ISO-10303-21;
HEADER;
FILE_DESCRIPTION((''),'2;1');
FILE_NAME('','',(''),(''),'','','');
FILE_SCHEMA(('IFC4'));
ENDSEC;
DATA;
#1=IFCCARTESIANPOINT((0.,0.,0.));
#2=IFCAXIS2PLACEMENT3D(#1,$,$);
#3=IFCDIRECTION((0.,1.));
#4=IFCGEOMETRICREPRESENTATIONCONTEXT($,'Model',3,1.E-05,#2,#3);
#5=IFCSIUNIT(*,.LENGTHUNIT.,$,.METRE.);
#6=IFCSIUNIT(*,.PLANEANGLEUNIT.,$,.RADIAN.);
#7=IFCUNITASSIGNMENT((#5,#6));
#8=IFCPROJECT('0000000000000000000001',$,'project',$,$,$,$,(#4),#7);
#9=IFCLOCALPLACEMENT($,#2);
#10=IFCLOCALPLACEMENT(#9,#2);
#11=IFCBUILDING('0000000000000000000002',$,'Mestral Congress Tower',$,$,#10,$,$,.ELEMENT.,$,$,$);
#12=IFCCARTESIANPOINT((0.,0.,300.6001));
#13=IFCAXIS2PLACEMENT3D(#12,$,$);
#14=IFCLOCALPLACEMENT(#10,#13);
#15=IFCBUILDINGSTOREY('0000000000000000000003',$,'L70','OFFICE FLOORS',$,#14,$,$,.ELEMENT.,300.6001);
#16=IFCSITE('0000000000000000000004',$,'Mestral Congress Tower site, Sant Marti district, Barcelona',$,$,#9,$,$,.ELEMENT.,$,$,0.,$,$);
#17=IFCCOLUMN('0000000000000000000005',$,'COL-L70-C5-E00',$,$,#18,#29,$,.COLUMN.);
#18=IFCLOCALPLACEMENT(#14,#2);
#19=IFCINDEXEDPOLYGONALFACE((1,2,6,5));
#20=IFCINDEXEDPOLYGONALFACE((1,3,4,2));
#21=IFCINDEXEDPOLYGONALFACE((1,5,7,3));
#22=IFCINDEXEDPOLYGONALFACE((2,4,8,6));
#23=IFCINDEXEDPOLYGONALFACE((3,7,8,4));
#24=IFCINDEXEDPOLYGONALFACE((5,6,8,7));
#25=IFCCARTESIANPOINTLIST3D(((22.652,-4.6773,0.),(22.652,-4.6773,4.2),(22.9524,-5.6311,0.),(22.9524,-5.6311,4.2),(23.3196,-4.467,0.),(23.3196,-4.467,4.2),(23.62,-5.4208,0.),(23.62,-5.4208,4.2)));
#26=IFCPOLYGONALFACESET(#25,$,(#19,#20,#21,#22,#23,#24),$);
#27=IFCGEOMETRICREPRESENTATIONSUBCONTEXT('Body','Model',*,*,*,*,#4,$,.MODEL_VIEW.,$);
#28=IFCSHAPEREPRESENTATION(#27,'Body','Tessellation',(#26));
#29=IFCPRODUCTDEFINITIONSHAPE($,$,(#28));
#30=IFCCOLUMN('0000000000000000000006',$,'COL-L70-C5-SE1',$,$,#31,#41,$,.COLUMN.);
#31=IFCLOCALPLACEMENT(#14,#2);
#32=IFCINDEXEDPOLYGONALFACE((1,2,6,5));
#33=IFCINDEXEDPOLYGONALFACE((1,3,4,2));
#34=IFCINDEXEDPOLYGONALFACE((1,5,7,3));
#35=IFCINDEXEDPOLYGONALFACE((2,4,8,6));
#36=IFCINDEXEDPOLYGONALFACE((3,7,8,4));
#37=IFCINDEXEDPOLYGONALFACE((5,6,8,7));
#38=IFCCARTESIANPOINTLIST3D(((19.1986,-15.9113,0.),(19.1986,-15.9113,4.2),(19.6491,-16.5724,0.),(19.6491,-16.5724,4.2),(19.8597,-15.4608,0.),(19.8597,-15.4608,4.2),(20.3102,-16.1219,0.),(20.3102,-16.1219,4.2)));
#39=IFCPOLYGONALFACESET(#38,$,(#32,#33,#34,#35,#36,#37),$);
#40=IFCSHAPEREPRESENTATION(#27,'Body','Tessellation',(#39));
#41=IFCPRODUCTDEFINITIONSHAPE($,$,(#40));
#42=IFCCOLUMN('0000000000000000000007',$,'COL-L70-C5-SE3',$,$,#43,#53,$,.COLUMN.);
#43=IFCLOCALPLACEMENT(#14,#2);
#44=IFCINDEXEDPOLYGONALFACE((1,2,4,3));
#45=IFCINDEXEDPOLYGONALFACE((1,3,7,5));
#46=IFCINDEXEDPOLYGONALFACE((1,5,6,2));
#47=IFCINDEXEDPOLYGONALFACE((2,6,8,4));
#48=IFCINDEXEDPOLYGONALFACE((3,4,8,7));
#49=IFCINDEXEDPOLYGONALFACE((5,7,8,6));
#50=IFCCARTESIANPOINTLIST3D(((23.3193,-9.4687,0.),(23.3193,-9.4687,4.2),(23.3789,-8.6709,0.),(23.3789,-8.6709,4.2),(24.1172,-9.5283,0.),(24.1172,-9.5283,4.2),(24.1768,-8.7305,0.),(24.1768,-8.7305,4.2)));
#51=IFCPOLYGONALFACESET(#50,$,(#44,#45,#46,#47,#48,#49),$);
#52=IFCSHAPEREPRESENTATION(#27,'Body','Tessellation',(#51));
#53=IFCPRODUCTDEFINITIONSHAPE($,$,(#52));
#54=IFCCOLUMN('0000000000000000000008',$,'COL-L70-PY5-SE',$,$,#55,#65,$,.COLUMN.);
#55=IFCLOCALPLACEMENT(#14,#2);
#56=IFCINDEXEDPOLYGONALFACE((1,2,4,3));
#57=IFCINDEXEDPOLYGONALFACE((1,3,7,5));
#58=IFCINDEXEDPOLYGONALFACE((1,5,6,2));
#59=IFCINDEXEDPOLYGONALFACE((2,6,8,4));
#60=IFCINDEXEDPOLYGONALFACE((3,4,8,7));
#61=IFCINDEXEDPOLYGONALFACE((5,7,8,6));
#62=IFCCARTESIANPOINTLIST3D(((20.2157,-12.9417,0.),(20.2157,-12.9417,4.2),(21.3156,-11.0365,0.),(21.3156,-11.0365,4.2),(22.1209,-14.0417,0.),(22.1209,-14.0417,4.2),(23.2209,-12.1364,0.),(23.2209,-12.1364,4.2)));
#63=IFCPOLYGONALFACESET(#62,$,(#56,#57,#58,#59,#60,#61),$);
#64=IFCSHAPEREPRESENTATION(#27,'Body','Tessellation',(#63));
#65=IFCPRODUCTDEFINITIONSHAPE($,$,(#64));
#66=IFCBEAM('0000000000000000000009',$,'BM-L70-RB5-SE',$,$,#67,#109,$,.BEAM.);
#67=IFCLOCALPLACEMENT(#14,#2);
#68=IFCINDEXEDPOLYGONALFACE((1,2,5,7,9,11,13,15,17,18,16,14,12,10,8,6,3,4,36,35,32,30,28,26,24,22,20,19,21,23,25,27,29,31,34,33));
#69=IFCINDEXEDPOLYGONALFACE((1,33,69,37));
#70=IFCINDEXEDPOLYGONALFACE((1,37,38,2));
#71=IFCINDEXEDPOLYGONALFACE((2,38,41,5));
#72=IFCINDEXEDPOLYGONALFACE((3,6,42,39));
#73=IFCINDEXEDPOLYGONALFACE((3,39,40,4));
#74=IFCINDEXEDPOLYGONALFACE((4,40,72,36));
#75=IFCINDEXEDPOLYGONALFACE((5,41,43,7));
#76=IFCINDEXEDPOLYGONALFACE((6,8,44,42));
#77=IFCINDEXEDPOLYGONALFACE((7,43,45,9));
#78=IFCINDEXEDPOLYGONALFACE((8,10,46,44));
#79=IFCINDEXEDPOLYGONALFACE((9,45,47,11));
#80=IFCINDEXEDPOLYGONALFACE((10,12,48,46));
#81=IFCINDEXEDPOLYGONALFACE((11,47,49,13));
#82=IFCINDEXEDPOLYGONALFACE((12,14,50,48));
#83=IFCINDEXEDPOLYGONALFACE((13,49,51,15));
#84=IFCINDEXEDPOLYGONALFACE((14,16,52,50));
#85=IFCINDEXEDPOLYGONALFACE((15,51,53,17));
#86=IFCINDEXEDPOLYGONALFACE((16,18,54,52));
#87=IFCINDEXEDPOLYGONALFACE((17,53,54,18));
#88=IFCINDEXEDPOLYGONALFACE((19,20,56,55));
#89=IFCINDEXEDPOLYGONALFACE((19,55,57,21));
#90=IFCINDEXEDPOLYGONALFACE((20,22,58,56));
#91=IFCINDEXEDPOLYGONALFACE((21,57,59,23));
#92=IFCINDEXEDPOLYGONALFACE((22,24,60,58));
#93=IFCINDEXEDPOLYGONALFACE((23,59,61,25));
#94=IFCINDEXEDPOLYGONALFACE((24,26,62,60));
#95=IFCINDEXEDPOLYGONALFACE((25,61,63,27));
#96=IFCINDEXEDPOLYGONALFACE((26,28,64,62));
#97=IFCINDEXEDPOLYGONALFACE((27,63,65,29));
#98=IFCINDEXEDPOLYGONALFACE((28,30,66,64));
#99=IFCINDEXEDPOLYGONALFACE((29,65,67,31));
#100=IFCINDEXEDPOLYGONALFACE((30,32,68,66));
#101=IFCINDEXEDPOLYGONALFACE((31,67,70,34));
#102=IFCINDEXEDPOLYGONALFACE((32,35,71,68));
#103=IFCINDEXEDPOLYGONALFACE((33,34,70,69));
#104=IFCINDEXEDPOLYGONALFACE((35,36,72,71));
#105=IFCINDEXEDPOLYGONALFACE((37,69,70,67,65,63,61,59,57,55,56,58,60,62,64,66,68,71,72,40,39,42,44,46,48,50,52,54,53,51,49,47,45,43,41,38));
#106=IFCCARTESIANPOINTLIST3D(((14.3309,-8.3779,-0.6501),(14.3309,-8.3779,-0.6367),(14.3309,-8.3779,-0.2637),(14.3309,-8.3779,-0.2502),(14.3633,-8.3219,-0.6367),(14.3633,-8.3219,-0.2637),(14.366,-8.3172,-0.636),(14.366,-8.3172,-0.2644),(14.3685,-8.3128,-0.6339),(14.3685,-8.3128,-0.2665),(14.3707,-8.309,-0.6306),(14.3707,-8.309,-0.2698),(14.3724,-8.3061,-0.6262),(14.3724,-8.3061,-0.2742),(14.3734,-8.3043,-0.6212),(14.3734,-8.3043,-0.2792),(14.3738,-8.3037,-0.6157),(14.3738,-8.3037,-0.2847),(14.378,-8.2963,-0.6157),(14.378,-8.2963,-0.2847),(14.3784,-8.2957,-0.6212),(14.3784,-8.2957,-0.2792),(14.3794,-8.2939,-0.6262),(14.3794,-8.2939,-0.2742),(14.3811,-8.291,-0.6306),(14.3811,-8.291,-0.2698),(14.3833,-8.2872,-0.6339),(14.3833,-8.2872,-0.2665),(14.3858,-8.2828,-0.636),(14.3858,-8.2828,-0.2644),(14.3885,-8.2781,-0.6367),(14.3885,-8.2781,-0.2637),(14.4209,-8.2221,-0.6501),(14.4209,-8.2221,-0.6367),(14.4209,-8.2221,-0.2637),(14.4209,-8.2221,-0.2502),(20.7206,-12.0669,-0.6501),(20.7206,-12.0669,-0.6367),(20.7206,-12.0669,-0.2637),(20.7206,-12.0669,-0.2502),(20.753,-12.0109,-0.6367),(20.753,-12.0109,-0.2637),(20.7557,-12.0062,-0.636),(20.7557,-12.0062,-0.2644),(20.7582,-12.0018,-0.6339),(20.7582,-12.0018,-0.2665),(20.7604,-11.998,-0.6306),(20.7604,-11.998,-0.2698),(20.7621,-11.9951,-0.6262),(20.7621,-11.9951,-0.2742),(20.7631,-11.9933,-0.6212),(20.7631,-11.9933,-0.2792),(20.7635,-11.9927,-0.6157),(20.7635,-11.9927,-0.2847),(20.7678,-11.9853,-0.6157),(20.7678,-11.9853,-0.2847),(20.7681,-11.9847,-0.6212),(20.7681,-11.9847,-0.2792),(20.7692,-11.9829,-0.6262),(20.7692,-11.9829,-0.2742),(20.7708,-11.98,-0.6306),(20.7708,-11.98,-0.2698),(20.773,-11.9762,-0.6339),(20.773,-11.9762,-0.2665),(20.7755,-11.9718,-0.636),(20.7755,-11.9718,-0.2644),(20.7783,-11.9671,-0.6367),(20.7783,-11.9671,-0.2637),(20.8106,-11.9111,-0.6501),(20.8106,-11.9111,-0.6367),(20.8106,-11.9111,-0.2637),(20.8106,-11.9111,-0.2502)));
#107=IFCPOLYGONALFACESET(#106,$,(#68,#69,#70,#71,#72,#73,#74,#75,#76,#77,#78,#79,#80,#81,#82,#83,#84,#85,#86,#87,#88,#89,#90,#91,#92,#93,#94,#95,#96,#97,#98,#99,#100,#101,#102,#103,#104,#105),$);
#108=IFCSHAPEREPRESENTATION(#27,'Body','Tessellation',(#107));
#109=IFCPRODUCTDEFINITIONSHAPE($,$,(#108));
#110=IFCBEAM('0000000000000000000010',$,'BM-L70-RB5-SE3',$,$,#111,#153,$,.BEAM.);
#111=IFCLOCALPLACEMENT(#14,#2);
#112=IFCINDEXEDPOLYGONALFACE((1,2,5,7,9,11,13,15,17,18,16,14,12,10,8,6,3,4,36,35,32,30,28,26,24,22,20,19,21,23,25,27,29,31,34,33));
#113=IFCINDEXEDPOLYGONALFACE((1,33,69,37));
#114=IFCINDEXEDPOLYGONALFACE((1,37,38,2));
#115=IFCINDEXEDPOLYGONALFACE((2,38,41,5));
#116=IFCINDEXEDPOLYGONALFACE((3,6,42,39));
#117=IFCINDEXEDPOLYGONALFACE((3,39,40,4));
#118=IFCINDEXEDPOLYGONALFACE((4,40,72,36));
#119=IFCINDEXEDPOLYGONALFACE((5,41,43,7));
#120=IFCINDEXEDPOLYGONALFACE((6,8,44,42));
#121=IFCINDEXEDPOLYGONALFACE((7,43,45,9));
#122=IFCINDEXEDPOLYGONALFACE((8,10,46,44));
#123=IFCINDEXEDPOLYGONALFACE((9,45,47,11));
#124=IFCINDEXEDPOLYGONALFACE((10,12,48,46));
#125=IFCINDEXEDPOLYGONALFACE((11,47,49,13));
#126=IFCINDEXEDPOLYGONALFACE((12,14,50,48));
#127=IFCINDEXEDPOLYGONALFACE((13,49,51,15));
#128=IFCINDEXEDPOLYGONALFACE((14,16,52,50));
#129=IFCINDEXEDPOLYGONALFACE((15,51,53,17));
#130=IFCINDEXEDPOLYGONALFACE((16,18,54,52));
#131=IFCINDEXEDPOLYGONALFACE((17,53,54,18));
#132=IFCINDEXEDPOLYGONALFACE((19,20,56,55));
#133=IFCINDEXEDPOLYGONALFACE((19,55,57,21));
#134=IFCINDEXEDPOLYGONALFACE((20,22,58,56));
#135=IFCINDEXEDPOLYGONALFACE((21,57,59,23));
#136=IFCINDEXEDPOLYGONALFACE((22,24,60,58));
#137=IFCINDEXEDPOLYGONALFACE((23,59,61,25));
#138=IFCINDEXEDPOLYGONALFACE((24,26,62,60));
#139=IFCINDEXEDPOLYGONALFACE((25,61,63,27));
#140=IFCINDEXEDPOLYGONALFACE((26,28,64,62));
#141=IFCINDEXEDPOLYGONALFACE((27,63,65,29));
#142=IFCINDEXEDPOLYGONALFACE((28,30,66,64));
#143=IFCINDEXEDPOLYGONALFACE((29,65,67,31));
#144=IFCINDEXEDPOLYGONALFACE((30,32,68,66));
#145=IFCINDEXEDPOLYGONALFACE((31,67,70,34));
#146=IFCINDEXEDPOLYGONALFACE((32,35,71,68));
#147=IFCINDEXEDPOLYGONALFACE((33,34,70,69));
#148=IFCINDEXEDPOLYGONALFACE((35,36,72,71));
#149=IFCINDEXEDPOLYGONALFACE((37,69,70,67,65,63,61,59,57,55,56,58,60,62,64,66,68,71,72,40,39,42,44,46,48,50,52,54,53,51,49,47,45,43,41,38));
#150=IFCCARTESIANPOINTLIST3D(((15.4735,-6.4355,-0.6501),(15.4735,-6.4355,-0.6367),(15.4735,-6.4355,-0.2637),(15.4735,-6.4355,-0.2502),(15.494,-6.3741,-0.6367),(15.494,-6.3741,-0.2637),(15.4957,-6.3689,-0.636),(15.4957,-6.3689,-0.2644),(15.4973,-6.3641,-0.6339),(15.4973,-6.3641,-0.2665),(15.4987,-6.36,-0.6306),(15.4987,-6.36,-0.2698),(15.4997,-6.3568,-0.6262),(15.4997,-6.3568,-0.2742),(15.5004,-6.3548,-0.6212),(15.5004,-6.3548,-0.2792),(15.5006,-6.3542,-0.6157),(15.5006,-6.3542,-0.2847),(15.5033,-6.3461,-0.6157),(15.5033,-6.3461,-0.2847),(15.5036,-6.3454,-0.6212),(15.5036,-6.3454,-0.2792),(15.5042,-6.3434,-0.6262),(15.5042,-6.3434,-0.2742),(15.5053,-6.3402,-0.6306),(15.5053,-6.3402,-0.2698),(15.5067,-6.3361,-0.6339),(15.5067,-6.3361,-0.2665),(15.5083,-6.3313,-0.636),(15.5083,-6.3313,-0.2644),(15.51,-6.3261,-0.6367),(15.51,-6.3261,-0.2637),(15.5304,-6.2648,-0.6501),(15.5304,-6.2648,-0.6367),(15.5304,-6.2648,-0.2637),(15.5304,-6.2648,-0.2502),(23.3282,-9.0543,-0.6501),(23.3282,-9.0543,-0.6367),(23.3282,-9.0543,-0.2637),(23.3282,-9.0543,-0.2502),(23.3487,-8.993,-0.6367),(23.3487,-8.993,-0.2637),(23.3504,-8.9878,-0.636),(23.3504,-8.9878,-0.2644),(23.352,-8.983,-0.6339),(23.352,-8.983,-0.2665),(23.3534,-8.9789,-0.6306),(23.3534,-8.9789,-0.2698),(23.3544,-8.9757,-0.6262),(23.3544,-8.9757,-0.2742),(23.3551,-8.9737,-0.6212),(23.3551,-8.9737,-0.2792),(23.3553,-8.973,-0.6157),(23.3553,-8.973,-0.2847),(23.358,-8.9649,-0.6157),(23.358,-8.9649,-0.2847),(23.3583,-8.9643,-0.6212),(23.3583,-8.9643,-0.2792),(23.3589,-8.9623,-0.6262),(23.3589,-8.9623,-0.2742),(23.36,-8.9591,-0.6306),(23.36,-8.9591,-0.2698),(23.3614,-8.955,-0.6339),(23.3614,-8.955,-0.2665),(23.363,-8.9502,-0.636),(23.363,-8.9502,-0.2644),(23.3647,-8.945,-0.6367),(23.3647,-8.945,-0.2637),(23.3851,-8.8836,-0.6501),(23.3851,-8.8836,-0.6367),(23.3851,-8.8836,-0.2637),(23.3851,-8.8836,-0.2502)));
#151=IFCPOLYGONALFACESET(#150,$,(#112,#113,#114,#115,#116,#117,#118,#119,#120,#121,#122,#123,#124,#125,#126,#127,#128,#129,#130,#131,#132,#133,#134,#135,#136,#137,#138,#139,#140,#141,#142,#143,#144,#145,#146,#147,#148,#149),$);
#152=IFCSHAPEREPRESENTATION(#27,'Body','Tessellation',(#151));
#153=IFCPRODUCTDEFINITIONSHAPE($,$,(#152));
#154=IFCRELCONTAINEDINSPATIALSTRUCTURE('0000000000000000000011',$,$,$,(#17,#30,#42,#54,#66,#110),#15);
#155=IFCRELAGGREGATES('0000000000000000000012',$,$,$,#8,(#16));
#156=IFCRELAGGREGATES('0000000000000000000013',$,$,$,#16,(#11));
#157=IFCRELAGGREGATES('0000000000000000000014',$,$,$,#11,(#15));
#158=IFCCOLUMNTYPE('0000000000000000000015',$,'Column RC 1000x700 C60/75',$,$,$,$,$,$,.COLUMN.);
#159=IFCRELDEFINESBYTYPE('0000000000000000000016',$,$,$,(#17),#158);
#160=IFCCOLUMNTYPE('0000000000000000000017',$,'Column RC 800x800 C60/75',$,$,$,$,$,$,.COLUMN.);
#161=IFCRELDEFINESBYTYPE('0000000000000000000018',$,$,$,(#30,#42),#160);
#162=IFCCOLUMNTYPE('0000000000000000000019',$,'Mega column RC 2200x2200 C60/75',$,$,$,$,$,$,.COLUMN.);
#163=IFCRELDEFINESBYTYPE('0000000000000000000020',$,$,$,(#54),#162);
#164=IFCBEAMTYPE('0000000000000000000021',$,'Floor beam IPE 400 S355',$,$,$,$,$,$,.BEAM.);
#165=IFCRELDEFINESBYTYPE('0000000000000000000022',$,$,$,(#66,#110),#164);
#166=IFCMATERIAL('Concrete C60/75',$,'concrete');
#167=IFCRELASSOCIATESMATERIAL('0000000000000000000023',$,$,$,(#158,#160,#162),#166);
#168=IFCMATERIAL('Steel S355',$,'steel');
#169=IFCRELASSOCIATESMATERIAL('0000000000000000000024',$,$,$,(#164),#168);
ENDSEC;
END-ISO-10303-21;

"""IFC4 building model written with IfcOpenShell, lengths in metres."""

from ifc_helpers import new_model, si_unit, direction, frame, origin, origin_2d, place, context, subcontext, project, spatial, rectangle, i_section, extrude, material, material_profile, profile_set, type_object, element, save


model = new_model("IFC4")

# Units and contexts
model_context = context("Model", 3, precision=1e-05, world=origin(), true_north=direction((0.0, 1.0)))
body_context = subcontext(model_context, "Body", "Model", "MODEL_VIEW")
ifc_project = project(units=[si_unit("LENGTHUNIT", "METRE"), si_unit("PLANEANGLEUNIT", "RADIAN")], contexts=[model_context])

# Site, building, storey
site_placement = place(None, origin())
site = spatial("IfcSite", under=ifc_project, at=site_placement, Name="Mestral Congress Tower site, Sant Marti district, Barcelona", CompositionType="ELEMENT", RefElevation=0.0)
building_placement = place(site_placement, origin())
building = spatial("IfcBuilding", under=site, at=building_placement, Name="Mestral Congress Tower", CompositionType="ELEMENT")
storey_placement = place(building_placement, frame((0.0, 0.0, 300.6001)))
storey = spatial("IfcBuildingStorey", under=building, at=storey_placement, Name="L70", Description="OFFICE FLOORS", CompositionType="ELEMENT", Elevation=300.6001)

# Columns
ifc_material_1 = material(Name="Concrete C60/75", Category="concrete")
ifc_material_profile_1 = material_profile(ifc_material_1, rectangle(XDim=1.0, YDim=0.7, at=origin_2d()), Name="RC 1000x700")
ifc_profile_set_1 = profile_set([ifc_material_profile_1], Name="Concrete C60/75")
column_type_1 = type_object("IfcColumnType", Name="Column RC 1000x700 C60/75", PredefinedType="COLUMN", material=ifc_profile_set_1)
column_1_placement = place(storey_placement, frame((23.136, -5.0491, 0.0), z_axis=(0.0, 0.0, 1.0), x_axis=(-0.300431, 0.953804, 0.0)))
element("IfcColumn", 1, at=column_1_placement, inside=storey, type_object=column_type_1, Name="COL-L70-C5-E00", PredefinedType="COLUMN", context=body_context, shape_type="SweptSolid", body=[
    extrude(rectangle(XDim=1.0, YDim=0.7, at=origin_2d()), origin(), (0.0, 0.0, 1.0), 4.2),
])
ifc_material_profile_2 = material_profile(ifc_material_1, rectangle(XDim=0.8, YDim=0.8, at=origin_2d()), Name="RC 800x800")
ifc_profile_set_2 = profile_set([ifc_material_profile_2], Name="Concrete C60/75")
column_type_2 = type_object("IfcColumnType", Name="Column RC 800x800 C60/75", PredefinedType="COLUMN", material=ifc_profile_set_2)
for number, where, z_axis, x_axis, name in (
    (2, (19.7544, -16.0166, 0.0), (0.0, 0.0, 1.0), (0.826363, 0.563138, 0.0), "COL-L70-C5-SE1"),
    (3, (23.748, -9.0996, 0.0), (0.0, 0.0, 1.0), (0.074511, 0.99722, 0.0), "COL-L70-C5-SE3"),
):
    element("IfcColumn", number, at=place(storey_placement, frame(where, z_axis=z_axis, x_axis=x_axis)), inside=storey, type_object=column_type_2, Name=name, PredefinedType="COLUMN", context=body_context, shape_type="SweptSolid", body=[
        extrude(rectangle(XDim=0.8, YDim=0.8, at=origin_2d()), origin(), (0.0, 0.0, 1.0), 4.2),
    ])
ifc_material_profile_3 = material_profile(ifc_material_1, rectangle(XDim=2.2, YDim=2.2, at=origin_2d()), Name="RC 2200x2200")
ifc_profile_set_3 = profile_set([ifc_material_profile_3], Name="Concrete C60/75")
column_type_3 = type_object("IfcColumnType", Name="Mega column RC 2200x2200 C60/75", PredefinedType="COLUMN", material=ifc_profile_set_3)
column_2_placement = place(storey_placement, frame((21.7183, -12.5391, 0.0), z_axis=(0.0, 0.0, 1.0), x_axis=(0.866025, -0.5, 0.0)))
element("IfcColumn", 4, at=column_2_placement, inside=storey, type_object=column_type_3, Name="COL-L70-PY5-SE", PredefinedType="COLUMN", context=body_context, shape_type="SweptSolid", body=[
    extrude(rectangle(XDim=2.2, YDim=2.2, at=origin_2d()), origin(), (0.0, 0.0, 1.0), 4.2),
])

# Beams
ifc_material_2 = material(Name="Steel S355", Category="steel")
ifc_material_profile_4 = material_profile(ifc_material_2, i_section(OverallWidth=0.1799, OverallDepth=0.3999, WebThickness=0.0085, FlangeThickness=0.0134, FilletRadius=0.021, at=origin_2d()), Name="IPE 400")
ifc_profile_set_4 = profile_set([ifc_material_profile_4], Name="Steel S355")
beam_type_1 = type_object("IfcBeamType", Name="Floor beam IPE 400 S355", PredefinedType="BEAM", material=ifc_profile_set_4)
beam_1_placement = place(storey_placement, frame((20.7656, -11.989, -0.4502), z_axis=(-0.866031, 0.49999, 0.0), x_axis=(-0.49999, -0.866031, 0.0)))
element("IfcBeam", 5, at=beam_1_placement, inside=storey, type_object=beam_type_1, Name="BM-L70-RB5-SE", PredefinedType="BEAM", context=body_context, shape_type="SweptSolid", body=[
    extrude(i_section(OverallWidth=0.1799, OverallDepth=0.3999, WebThickness=0.0085, FlangeThickness=0.0134, FilletRadius=0.021, at=origin_2d()), origin(), (0.0, 0.0, 1.0), 7.3782),
])
beam_2_placement = place(storey_placement, frame((23.3567, -8.969, -0.4502), z_axis=(-0.94866, 0.316299, 0.0), x_axis=(-0.316299, -0.94866, 0.0)))
element("IfcBeam", 6, at=beam_2_placement, inside=storey, type_object=beam_type_1, Name="BM-L70-RB5-SE3", PredefinedType="BEAM", context=body_context, shape_type="SweptSolid", body=[
    extrude(i_section(OverallWidth=0.1799, OverallDepth=0.3999, WebThickness=0.0085, FlangeThickness=0.0134, FilletRadius=0.021, at=origin_2d()), origin(), (0.0, 0.0, 1.0), 8.2798),
])

save(model, "model.ifc")
